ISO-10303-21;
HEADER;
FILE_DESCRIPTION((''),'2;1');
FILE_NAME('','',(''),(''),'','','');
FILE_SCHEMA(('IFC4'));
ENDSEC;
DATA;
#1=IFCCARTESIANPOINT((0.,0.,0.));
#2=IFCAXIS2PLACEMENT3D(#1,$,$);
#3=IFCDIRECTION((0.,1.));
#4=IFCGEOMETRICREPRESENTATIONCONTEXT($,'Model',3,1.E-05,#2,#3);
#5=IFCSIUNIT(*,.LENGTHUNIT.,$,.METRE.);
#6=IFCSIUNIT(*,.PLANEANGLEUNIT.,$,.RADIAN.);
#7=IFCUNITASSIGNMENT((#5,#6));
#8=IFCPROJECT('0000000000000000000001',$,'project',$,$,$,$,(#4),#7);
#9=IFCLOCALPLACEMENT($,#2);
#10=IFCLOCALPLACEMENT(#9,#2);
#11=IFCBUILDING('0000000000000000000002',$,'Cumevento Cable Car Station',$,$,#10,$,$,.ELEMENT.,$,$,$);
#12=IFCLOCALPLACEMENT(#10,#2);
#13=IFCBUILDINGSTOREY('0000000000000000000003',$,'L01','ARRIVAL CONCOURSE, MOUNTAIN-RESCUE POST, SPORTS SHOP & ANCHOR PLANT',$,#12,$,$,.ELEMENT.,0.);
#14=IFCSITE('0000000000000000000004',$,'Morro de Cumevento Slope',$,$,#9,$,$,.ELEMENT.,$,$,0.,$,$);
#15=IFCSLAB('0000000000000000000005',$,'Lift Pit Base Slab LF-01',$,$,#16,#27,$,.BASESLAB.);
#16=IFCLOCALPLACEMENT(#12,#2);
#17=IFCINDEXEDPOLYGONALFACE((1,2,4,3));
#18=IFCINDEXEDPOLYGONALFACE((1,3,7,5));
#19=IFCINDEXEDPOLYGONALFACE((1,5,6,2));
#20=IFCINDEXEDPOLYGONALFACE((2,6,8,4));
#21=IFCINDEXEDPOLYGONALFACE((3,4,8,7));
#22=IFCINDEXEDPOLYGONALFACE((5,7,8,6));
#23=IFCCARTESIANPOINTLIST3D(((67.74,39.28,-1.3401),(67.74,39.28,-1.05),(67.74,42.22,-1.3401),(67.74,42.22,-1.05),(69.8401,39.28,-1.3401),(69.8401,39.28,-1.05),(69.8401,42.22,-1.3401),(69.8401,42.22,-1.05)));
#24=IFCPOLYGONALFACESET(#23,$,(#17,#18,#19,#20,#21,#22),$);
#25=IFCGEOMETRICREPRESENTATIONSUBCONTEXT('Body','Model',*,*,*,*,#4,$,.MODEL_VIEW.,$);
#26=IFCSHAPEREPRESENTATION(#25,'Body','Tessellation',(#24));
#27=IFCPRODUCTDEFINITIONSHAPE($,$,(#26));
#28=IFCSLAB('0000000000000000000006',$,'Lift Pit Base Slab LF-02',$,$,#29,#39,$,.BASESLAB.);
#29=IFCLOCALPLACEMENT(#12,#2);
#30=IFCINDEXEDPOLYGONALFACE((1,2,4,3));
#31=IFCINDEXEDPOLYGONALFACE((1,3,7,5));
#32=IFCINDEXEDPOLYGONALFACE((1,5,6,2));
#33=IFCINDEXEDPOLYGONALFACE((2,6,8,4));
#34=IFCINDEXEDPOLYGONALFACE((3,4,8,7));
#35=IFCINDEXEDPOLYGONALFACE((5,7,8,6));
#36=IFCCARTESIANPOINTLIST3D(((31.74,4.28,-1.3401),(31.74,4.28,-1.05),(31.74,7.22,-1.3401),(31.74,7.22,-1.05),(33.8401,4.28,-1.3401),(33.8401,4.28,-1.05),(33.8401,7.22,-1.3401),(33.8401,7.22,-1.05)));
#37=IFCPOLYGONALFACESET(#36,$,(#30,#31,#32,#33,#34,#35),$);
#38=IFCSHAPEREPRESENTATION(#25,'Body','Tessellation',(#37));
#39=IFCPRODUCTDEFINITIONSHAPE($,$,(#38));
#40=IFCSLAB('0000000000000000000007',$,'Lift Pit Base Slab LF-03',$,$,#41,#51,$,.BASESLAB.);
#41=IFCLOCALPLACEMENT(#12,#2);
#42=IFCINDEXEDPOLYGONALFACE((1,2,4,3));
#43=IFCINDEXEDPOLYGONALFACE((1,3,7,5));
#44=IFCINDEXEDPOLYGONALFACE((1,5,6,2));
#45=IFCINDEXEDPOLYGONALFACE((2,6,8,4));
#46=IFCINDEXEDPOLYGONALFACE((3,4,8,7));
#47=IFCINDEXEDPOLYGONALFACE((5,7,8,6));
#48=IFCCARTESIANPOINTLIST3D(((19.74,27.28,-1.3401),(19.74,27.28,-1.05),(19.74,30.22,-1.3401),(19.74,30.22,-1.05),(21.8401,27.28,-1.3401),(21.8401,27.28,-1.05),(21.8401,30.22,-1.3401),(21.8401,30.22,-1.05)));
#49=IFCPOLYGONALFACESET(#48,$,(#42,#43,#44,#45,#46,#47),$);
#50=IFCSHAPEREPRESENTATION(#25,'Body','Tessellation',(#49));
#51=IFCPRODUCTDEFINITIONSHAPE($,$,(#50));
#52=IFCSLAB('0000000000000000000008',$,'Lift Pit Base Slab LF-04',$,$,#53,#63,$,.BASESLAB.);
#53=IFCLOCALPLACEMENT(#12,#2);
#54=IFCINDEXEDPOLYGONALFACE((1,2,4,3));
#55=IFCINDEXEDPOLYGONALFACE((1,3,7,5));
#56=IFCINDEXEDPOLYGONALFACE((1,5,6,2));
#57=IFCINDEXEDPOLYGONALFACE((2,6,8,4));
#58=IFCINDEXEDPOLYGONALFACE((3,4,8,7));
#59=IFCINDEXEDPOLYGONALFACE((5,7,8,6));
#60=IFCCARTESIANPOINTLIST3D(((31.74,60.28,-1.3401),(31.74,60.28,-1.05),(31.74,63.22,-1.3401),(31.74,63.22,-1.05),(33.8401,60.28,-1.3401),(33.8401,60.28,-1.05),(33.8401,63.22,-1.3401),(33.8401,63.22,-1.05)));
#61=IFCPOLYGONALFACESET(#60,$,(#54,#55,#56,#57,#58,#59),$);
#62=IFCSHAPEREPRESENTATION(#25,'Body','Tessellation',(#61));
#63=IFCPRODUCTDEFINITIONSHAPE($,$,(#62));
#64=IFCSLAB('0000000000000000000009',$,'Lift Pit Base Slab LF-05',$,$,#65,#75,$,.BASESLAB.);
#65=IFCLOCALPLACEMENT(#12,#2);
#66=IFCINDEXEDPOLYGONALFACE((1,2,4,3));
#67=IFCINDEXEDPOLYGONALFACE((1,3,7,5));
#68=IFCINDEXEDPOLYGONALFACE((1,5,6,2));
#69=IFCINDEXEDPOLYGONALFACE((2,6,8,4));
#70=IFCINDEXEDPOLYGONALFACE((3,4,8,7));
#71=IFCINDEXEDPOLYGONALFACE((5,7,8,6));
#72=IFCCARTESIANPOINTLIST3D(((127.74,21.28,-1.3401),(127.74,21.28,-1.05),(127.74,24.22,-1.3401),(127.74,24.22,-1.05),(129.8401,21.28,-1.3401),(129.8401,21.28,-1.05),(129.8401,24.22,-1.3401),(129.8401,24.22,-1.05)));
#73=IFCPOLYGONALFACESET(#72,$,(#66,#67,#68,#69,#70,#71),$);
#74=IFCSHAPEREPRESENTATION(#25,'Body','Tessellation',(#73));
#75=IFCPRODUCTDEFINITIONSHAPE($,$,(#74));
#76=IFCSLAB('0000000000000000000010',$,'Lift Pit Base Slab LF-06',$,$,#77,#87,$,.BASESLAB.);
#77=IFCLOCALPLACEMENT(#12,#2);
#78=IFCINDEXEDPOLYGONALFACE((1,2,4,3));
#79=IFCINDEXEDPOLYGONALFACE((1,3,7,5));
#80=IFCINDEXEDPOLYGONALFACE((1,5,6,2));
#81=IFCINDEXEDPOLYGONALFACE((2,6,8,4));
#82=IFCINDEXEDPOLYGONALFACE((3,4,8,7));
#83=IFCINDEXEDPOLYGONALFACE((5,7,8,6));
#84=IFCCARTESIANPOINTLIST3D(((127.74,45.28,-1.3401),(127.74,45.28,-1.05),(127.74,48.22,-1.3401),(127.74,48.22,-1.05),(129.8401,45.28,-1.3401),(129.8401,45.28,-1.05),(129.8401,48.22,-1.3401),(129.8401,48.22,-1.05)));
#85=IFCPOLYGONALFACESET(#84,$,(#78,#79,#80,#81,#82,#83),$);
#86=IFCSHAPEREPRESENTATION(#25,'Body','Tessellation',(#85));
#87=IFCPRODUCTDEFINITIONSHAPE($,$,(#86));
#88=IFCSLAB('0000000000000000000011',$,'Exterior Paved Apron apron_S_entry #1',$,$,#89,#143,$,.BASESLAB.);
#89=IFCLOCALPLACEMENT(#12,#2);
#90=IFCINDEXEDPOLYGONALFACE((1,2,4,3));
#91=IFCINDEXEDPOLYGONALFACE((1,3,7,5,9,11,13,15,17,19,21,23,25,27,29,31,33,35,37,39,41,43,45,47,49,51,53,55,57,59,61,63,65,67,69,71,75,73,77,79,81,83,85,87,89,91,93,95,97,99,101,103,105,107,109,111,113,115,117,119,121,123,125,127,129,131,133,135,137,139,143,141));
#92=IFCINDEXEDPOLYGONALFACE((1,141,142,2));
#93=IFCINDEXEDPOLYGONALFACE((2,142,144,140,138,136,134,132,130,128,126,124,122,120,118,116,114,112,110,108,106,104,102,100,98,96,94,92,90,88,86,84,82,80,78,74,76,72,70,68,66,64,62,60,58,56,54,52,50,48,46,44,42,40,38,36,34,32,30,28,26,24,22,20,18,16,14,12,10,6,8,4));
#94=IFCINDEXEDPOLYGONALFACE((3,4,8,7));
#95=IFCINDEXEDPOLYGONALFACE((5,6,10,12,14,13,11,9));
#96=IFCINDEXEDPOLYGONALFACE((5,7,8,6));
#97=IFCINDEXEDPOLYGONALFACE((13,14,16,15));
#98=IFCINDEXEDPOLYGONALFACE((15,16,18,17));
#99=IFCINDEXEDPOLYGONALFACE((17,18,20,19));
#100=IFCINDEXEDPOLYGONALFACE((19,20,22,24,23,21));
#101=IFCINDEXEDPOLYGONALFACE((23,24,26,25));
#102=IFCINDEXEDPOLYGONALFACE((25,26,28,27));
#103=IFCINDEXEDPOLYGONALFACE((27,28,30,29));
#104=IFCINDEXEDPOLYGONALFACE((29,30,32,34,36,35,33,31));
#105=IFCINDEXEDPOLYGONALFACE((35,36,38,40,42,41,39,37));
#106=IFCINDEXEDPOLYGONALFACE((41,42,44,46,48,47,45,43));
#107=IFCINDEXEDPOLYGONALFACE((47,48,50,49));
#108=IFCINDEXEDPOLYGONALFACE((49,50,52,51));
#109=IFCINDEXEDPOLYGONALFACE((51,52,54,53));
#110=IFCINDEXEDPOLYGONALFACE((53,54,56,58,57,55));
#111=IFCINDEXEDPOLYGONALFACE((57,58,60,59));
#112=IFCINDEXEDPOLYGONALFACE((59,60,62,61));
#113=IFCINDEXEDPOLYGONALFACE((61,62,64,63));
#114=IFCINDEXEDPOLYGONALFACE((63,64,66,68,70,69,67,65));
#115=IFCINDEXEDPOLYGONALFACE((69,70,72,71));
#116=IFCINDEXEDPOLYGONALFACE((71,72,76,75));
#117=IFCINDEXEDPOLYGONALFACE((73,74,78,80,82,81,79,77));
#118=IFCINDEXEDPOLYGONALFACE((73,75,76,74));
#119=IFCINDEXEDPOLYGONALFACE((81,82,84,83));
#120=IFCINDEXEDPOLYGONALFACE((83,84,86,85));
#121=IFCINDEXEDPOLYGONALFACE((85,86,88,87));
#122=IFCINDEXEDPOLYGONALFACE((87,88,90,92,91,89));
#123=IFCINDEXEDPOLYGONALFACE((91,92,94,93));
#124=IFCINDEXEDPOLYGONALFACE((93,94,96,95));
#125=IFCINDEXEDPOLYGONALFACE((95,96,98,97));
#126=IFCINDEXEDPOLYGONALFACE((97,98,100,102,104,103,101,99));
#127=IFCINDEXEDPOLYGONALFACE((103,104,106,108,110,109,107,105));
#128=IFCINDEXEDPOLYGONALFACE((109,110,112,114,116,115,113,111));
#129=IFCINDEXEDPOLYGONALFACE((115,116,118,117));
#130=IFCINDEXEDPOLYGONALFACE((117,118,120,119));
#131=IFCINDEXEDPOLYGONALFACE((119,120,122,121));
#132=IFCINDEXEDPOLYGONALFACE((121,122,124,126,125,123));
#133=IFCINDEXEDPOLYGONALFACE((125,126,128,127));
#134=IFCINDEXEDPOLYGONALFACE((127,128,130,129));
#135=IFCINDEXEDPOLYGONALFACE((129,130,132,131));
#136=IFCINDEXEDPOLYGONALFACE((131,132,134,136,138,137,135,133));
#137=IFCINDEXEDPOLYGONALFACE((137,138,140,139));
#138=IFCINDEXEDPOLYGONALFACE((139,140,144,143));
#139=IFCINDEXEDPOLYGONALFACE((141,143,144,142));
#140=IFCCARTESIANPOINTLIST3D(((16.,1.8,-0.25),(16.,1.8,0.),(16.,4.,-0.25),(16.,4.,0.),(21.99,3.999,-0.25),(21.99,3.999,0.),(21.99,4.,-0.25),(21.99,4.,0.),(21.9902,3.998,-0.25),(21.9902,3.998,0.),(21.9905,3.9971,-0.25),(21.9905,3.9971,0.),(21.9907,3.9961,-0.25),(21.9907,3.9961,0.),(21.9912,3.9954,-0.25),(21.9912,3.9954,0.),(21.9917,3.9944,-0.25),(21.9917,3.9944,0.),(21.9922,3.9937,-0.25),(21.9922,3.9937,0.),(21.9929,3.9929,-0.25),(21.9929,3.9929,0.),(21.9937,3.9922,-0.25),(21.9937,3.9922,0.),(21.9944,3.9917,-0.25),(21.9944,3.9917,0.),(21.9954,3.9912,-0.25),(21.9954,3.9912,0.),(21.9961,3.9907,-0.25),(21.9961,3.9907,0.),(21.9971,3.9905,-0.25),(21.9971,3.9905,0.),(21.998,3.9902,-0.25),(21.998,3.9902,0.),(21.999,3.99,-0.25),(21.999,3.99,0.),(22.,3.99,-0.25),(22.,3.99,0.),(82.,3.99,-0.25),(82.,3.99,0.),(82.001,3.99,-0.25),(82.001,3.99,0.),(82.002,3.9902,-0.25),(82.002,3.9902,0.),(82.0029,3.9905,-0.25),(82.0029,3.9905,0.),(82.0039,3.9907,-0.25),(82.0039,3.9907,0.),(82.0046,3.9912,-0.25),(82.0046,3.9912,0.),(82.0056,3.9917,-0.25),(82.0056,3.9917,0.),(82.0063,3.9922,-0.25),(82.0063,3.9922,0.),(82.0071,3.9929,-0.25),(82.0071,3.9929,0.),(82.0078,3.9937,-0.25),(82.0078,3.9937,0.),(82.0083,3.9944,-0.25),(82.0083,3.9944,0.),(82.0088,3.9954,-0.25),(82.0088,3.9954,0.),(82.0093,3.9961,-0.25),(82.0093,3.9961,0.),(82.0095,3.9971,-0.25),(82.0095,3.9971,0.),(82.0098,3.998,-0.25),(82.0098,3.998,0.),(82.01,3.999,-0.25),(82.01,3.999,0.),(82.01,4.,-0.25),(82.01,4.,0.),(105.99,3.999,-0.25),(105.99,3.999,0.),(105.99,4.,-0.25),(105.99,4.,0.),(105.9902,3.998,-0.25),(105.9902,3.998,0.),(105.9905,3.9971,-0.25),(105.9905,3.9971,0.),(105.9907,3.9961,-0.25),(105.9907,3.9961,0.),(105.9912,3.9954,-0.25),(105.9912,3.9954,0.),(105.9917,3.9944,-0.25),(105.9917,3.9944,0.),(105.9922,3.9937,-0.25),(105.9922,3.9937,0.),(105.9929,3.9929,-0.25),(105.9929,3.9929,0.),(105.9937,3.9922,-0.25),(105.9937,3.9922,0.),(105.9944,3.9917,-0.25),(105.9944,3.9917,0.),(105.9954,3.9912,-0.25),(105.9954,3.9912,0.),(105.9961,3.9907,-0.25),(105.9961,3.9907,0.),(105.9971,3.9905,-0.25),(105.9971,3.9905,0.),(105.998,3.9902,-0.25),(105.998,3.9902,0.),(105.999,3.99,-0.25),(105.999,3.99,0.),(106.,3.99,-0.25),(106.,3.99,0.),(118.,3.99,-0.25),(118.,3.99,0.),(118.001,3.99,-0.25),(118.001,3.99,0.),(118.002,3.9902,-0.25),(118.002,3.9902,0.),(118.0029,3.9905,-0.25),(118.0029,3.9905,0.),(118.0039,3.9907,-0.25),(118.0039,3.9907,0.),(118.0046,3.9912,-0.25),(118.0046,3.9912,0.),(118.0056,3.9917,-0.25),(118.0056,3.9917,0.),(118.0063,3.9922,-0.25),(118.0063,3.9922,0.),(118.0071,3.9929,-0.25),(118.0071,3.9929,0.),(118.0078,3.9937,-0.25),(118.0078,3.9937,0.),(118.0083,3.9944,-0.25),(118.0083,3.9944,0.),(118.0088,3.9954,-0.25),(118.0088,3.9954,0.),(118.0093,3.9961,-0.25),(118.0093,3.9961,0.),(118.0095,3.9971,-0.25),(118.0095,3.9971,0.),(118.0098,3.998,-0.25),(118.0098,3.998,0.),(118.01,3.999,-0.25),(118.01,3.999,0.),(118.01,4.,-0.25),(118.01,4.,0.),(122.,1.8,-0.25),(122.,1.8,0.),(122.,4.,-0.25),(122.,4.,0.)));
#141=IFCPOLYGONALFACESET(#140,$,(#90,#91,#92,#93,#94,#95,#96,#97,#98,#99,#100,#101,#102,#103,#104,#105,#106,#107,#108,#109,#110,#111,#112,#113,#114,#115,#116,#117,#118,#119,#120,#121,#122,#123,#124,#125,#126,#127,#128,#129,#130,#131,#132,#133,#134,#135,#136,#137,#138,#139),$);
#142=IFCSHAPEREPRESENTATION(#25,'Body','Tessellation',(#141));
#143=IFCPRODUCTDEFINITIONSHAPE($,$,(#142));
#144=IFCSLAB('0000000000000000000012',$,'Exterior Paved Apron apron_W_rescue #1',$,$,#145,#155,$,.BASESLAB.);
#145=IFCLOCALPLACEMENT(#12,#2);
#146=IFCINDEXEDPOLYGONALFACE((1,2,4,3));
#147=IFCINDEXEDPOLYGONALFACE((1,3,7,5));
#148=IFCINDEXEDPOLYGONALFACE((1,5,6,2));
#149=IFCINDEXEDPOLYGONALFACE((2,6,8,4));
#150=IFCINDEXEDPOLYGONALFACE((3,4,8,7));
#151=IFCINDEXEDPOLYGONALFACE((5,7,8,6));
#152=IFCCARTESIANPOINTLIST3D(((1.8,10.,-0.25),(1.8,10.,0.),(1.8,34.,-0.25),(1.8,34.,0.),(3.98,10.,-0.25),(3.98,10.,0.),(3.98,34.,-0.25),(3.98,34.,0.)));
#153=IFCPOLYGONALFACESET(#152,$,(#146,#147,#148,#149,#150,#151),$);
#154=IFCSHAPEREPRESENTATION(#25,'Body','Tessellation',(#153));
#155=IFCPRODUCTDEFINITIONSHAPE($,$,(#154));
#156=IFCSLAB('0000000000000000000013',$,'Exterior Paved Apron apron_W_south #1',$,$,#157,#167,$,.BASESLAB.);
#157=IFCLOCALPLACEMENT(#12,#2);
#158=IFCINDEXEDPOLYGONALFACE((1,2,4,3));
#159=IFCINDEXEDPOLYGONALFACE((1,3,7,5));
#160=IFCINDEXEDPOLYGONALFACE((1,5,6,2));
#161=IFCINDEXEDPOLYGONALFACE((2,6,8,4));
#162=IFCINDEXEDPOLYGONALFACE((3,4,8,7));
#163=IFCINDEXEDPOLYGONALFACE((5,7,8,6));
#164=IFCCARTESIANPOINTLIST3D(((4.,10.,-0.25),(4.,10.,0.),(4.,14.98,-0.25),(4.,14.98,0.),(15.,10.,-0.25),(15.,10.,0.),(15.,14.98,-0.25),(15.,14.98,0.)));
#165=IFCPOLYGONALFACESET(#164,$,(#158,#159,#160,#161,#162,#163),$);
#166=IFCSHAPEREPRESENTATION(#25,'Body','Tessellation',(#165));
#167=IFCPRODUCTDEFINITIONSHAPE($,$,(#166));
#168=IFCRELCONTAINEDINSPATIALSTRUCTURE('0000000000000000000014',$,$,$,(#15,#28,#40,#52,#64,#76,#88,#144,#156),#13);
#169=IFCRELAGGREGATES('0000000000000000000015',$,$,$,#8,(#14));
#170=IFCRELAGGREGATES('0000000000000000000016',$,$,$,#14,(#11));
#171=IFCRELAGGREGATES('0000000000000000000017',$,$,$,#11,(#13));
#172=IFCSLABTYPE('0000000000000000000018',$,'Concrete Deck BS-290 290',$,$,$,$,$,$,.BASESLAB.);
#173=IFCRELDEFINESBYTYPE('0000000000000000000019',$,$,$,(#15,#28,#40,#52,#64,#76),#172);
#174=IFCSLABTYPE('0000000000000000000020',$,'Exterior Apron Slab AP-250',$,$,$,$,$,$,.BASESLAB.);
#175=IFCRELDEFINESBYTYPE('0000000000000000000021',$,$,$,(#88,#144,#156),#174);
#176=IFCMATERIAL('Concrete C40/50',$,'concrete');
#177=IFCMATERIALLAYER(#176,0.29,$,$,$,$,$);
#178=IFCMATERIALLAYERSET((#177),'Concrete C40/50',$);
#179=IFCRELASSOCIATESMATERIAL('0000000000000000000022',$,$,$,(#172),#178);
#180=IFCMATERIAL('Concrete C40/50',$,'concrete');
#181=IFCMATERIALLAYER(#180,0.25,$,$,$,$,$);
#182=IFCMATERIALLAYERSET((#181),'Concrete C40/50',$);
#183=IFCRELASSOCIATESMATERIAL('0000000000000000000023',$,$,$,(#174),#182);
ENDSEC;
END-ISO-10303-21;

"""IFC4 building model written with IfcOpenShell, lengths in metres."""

from ifc_helpers import new_model, si_unit, direction, frame, origin, place, context, subcontext, project, spatial, polyline, outline, extrude, material, layer, layer_set, type_object, element, save


model = new_model("IFC4")

# Units and contexts
model_context = context("Model", 3, precision=1e-05, world=origin(), true_north=direction((0.0, 1.0)))
body_context = subcontext(model_context, "Body", "Model", "MODEL_VIEW")
ifc_project = project(units=[si_unit("LENGTHUNIT", "METRE"), si_unit("PLANEANGLEUNIT", "RADIAN")], contexts=[model_context])

# Site, building, storey
site_placement = place(None, origin())
site = spatial("IfcSite", under=ifc_project, at=site_placement, Name="Morro de Cumevento Slope", CompositionType="ELEMENT", RefElevation=0.0)
building_placement = place(site_placement, origin())
building = spatial("IfcBuilding", under=site, at=building_placement, Name="Cumevento Cable Car Station", CompositionType="ELEMENT")
storey_placement = place(building_placement, origin())
storey = spatial("IfcBuildingStorey", under=building, at=storey_placement, Name="L01", Description="ARRIVAL CONCOURSE, MOUNTAIN-RESCUE POST, SPORTS SHOP & ANCHOR PLANT", CompositionType="ELEMENT", Elevation=0.0)

# Slabs
ifc_material_1 = material(Name="Concrete C40/50", Category="concrete")
ifc_layer_1 = layer(ifc_material_1, 0.29)
ifc_layer_set_1 = layer_set([ifc_layer_1], Name="Concrete C40/50")
slab_type_1 = type_object("IfcSlabType", Name="Concrete Deck BS-290 290", PredefinedType="BASESLAB", material=ifc_layer_set_1)
slab_1_placement = place(storey_placement, frame((0.0, 0.0, -1.3401)))
element("IfcSlab", 1, at=slab_1_placement, inside=storey, type_object=slab_type_1, Name="Lift Pit Base Slab LF-01", PredefinedType="BASESLAB", context=body_context, shape_type="SweptSolid", body=[
    extrude(outline(polyline([(67.74, 39.28), (69.8401, 39.28), (69.8401, 42.22), (67.74, 42.22), (67.74, 39.28)])), origin(), (0.0, 0.0, 1.0), 0.29),
])
slab_2_placement = place(storey_placement, frame((0.0, 0.0, -1.3401)))
element("IfcSlab", 2, at=slab_2_placement, inside=storey, type_object=slab_type_1, Name="Lift Pit Base Slab LF-02", PredefinedType="BASESLAB", context=body_context, shape_type="SweptSolid", body=[
    extrude(outline(polyline([(31.74, 4.28), (33.8401, 4.28), (33.8401, 7.22), (31.74, 7.22), (31.74, 4.28)])), origin(), (0.0, 0.0, 1.0), 0.29),
])
slab_3_placement = place(storey_placement, frame((0.0, 0.0, -1.3401)))
element("IfcSlab", 3, at=slab_3_placement, inside=storey, type_object=slab_type_1, Name="Lift Pit Base Slab LF-03", PredefinedType="BASESLAB", context=body_context, shape_type="SweptSolid", body=[
    extrude(outline(polyline([(19.74, 27.28), (21.8401, 27.28), (21.8401, 30.22), (19.74, 30.22), (19.74, 27.28)])), origin(), (0.0, 0.0, 1.0), 0.29),
])
slab_4_placement = place(storey_placement, frame((0.0, 0.0, -1.3401)))
element("IfcSlab", 4, at=slab_4_placement, inside=storey, type_object=slab_type_1, Name="Lift Pit Base Slab LF-04", PredefinedType="BASESLAB", context=body_context, shape_type="SweptSolid", body=[
    extrude(outline(polyline([(31.74, 60.28), (33.8401, 60.28), (33.8401, 63.22), (31.74, 63.22), (31.74, 60.28)])), origin(), (0.0, 0.0, 1.0), 0.29),
])
slab_5_placement = place(storey_placement, frame((0.0, 0.0, -1.3401)))
element("IfcSlab", 5, at=slab_5_placement, inside=storey, type_object=slab_type_1, Name="Lift Pit Base Slab LF-05", PredefinedType="BASESLAB", context=body_context, shape_type="SweptSolid", body=[
    extrude(outline(polyline([(127.74, 21.28), (129.8401, 21.28), (129.8401, 24.22), (127.74, 24.22), (127.74, 21.28)])), origin(), (0.0, 0.0, 1.0), 0.29),
])
slab_6_placement = place(storey_placement, frame((0.0, 0.0, -1.3401)))
element("IfcSlab", 6, at=slab_6_placement, inside=storey, type_object=slab_type_1, Name="Lift Pit Base Slab LF-06", PredefinedType="BASESLAB", context=body_context, shape_type="SweptSolid", body=[
    extrude(outline(polyline([(127.74, 45.28), (129.8401, 45.28), (129.8401, 48.22), (127.74, 48.22), (127.74, 45.28)])), origin(), (0.0, 0.0, 1.0), 0.29),
])
ifc_material_2 = material(Name="Concrete C40/50", Category="concrete")
ifc_layer_2 = layer(ifc_material_2, 0.25)
ifc_layer_set_2 = layer_set([ifc_layer_2], Name="Concrete C40/50")
slab_type_2 = type_object("IfcSlabType", Name="Exterior Apron Slab AP-250", PredefinedType="BASESLAB", material=ifc_layer_set_2)
slab_7_placement = place(storey_placement, frame((0.0, 0.0, -0.25)))
element("IfcSlab", 7, at=slab_7_placement, inside=storey, type_object=slab_type_2, Name="Exterior Paved Apron apron_S_entry #1", PredefinedType="BASESLAB", context=body_context, shape_type="SweptSolid", body=[
    extrude(outline(polyline([(122.0, 4.0), (122.0, 1.8), (16.0, 1.8), (16.0, 4.0), (21.99, 4.0), (21.99, 3.999), (21.9902, 3.998), (21.9905, 3.9971), (21.9907, 3.9961), (21.9912, 3.9954), (21.9917, 3.9944), (21.9922, 3.9937), (21.9929, 3.9929), (21.9937, 3.9922), (21.9944, 3.9917), (21.9954, 3.9912), (21.9961, 3.9907), (21.9971, 3.9905), (21.998, 3.9902), (21.999, 3.99), (22.0, 3.99), (82.0, 3.99), (82.001, 3.99), (82.002, 3.9902), (82.0029, 3.9905), (82.0039, 3.9907), (82.0046, 3.9912), (82.0056, 3.9917), (82.0063, 3.9922), (82.0071, 3.9929), (82.0078, 3.9937), (82.0083, 3.9944), (82.0088, 3.9954), (82.0093, 3.9961), (82.0095, 3.9971), (82.0098, 3.998), (82.01, 3.999), (82.01, 4.0), (105.99, 4.0), (105.99, 3.999), (105.9902, 3.998), (105.9905, 3.9971), (105.9907, 3.9961), (105.9912, 3.9954), (105.9917, 3.9944), (105.9922, 3.9937), (105.9929, 3.9929), (105.9937, 3.9922), (105.9944, 3.9917), (105.9954, 3.9912), (105.9961, 3.9907), (105.9971, 3.9905), (105.998, 3.9902), (105.999, 3.99), (106.0, 3.99), (118.0, 3.99), (118.001, 3.99), (118.002, 3.9902), (118.0029, 3.9905), (118.0039, 3.9907), (118.0046, 3.9912), (118.0056, 3.9917), (118.0063, 3.9922), (118.0071, 3.9929), (118.0078, 3.9937), (118.0083, 3.9944), (118.0088, 3.9954), (118.0093, 3.9961), (118.0095, 3.9971), (118.0098, 3.998), (118.01, 3.999), (118.01, 4.0), (122.0, 4.0)])), origin(), (0.0, 0.0, 1.0), 0.25),
])
slab_8_placement = place(storey_placement, frame((0.0, 0.0, -0.25)))
element("IfcSlab", 8, at=slab_8_placement, inside=storey, type_object=slab_type_2, Name="Exterior Paved Apron apron_W_rescue #1", PredefinedType="BASESLAB", context=body_context, shape_type="SweptSolid", body=[
    extrude(outline(polyline([(1.8, 10.0), (1.8, 34.0), (3.98, 34.0), (3.98, 10.0), (1.8, 10.0)])), origin(), (0.0, 0.0, 1.0), 0.25),
])
slab_9_placement = place(storey_placement, frame((0.0, 0.0, -0.25)))
element("IfcSlab", 9, at=slab_9_placement, inside=storey, type_object=slab_type_2, Name="Exterior Paved Apron apron_W_south #1", PredefinedType="BASESLAB", context=body_context, shape_type="SweptSolid", body=[
    extrude(outline(polyline([(4.0, 10.0), (4.0, 14.98), (15.0, 14.98), (15.0, 10.0), (4.0, 10.0)])), origin(), (0.0, 0.0, 1.0), 0.25),
])

save(model, "model.ifc")
